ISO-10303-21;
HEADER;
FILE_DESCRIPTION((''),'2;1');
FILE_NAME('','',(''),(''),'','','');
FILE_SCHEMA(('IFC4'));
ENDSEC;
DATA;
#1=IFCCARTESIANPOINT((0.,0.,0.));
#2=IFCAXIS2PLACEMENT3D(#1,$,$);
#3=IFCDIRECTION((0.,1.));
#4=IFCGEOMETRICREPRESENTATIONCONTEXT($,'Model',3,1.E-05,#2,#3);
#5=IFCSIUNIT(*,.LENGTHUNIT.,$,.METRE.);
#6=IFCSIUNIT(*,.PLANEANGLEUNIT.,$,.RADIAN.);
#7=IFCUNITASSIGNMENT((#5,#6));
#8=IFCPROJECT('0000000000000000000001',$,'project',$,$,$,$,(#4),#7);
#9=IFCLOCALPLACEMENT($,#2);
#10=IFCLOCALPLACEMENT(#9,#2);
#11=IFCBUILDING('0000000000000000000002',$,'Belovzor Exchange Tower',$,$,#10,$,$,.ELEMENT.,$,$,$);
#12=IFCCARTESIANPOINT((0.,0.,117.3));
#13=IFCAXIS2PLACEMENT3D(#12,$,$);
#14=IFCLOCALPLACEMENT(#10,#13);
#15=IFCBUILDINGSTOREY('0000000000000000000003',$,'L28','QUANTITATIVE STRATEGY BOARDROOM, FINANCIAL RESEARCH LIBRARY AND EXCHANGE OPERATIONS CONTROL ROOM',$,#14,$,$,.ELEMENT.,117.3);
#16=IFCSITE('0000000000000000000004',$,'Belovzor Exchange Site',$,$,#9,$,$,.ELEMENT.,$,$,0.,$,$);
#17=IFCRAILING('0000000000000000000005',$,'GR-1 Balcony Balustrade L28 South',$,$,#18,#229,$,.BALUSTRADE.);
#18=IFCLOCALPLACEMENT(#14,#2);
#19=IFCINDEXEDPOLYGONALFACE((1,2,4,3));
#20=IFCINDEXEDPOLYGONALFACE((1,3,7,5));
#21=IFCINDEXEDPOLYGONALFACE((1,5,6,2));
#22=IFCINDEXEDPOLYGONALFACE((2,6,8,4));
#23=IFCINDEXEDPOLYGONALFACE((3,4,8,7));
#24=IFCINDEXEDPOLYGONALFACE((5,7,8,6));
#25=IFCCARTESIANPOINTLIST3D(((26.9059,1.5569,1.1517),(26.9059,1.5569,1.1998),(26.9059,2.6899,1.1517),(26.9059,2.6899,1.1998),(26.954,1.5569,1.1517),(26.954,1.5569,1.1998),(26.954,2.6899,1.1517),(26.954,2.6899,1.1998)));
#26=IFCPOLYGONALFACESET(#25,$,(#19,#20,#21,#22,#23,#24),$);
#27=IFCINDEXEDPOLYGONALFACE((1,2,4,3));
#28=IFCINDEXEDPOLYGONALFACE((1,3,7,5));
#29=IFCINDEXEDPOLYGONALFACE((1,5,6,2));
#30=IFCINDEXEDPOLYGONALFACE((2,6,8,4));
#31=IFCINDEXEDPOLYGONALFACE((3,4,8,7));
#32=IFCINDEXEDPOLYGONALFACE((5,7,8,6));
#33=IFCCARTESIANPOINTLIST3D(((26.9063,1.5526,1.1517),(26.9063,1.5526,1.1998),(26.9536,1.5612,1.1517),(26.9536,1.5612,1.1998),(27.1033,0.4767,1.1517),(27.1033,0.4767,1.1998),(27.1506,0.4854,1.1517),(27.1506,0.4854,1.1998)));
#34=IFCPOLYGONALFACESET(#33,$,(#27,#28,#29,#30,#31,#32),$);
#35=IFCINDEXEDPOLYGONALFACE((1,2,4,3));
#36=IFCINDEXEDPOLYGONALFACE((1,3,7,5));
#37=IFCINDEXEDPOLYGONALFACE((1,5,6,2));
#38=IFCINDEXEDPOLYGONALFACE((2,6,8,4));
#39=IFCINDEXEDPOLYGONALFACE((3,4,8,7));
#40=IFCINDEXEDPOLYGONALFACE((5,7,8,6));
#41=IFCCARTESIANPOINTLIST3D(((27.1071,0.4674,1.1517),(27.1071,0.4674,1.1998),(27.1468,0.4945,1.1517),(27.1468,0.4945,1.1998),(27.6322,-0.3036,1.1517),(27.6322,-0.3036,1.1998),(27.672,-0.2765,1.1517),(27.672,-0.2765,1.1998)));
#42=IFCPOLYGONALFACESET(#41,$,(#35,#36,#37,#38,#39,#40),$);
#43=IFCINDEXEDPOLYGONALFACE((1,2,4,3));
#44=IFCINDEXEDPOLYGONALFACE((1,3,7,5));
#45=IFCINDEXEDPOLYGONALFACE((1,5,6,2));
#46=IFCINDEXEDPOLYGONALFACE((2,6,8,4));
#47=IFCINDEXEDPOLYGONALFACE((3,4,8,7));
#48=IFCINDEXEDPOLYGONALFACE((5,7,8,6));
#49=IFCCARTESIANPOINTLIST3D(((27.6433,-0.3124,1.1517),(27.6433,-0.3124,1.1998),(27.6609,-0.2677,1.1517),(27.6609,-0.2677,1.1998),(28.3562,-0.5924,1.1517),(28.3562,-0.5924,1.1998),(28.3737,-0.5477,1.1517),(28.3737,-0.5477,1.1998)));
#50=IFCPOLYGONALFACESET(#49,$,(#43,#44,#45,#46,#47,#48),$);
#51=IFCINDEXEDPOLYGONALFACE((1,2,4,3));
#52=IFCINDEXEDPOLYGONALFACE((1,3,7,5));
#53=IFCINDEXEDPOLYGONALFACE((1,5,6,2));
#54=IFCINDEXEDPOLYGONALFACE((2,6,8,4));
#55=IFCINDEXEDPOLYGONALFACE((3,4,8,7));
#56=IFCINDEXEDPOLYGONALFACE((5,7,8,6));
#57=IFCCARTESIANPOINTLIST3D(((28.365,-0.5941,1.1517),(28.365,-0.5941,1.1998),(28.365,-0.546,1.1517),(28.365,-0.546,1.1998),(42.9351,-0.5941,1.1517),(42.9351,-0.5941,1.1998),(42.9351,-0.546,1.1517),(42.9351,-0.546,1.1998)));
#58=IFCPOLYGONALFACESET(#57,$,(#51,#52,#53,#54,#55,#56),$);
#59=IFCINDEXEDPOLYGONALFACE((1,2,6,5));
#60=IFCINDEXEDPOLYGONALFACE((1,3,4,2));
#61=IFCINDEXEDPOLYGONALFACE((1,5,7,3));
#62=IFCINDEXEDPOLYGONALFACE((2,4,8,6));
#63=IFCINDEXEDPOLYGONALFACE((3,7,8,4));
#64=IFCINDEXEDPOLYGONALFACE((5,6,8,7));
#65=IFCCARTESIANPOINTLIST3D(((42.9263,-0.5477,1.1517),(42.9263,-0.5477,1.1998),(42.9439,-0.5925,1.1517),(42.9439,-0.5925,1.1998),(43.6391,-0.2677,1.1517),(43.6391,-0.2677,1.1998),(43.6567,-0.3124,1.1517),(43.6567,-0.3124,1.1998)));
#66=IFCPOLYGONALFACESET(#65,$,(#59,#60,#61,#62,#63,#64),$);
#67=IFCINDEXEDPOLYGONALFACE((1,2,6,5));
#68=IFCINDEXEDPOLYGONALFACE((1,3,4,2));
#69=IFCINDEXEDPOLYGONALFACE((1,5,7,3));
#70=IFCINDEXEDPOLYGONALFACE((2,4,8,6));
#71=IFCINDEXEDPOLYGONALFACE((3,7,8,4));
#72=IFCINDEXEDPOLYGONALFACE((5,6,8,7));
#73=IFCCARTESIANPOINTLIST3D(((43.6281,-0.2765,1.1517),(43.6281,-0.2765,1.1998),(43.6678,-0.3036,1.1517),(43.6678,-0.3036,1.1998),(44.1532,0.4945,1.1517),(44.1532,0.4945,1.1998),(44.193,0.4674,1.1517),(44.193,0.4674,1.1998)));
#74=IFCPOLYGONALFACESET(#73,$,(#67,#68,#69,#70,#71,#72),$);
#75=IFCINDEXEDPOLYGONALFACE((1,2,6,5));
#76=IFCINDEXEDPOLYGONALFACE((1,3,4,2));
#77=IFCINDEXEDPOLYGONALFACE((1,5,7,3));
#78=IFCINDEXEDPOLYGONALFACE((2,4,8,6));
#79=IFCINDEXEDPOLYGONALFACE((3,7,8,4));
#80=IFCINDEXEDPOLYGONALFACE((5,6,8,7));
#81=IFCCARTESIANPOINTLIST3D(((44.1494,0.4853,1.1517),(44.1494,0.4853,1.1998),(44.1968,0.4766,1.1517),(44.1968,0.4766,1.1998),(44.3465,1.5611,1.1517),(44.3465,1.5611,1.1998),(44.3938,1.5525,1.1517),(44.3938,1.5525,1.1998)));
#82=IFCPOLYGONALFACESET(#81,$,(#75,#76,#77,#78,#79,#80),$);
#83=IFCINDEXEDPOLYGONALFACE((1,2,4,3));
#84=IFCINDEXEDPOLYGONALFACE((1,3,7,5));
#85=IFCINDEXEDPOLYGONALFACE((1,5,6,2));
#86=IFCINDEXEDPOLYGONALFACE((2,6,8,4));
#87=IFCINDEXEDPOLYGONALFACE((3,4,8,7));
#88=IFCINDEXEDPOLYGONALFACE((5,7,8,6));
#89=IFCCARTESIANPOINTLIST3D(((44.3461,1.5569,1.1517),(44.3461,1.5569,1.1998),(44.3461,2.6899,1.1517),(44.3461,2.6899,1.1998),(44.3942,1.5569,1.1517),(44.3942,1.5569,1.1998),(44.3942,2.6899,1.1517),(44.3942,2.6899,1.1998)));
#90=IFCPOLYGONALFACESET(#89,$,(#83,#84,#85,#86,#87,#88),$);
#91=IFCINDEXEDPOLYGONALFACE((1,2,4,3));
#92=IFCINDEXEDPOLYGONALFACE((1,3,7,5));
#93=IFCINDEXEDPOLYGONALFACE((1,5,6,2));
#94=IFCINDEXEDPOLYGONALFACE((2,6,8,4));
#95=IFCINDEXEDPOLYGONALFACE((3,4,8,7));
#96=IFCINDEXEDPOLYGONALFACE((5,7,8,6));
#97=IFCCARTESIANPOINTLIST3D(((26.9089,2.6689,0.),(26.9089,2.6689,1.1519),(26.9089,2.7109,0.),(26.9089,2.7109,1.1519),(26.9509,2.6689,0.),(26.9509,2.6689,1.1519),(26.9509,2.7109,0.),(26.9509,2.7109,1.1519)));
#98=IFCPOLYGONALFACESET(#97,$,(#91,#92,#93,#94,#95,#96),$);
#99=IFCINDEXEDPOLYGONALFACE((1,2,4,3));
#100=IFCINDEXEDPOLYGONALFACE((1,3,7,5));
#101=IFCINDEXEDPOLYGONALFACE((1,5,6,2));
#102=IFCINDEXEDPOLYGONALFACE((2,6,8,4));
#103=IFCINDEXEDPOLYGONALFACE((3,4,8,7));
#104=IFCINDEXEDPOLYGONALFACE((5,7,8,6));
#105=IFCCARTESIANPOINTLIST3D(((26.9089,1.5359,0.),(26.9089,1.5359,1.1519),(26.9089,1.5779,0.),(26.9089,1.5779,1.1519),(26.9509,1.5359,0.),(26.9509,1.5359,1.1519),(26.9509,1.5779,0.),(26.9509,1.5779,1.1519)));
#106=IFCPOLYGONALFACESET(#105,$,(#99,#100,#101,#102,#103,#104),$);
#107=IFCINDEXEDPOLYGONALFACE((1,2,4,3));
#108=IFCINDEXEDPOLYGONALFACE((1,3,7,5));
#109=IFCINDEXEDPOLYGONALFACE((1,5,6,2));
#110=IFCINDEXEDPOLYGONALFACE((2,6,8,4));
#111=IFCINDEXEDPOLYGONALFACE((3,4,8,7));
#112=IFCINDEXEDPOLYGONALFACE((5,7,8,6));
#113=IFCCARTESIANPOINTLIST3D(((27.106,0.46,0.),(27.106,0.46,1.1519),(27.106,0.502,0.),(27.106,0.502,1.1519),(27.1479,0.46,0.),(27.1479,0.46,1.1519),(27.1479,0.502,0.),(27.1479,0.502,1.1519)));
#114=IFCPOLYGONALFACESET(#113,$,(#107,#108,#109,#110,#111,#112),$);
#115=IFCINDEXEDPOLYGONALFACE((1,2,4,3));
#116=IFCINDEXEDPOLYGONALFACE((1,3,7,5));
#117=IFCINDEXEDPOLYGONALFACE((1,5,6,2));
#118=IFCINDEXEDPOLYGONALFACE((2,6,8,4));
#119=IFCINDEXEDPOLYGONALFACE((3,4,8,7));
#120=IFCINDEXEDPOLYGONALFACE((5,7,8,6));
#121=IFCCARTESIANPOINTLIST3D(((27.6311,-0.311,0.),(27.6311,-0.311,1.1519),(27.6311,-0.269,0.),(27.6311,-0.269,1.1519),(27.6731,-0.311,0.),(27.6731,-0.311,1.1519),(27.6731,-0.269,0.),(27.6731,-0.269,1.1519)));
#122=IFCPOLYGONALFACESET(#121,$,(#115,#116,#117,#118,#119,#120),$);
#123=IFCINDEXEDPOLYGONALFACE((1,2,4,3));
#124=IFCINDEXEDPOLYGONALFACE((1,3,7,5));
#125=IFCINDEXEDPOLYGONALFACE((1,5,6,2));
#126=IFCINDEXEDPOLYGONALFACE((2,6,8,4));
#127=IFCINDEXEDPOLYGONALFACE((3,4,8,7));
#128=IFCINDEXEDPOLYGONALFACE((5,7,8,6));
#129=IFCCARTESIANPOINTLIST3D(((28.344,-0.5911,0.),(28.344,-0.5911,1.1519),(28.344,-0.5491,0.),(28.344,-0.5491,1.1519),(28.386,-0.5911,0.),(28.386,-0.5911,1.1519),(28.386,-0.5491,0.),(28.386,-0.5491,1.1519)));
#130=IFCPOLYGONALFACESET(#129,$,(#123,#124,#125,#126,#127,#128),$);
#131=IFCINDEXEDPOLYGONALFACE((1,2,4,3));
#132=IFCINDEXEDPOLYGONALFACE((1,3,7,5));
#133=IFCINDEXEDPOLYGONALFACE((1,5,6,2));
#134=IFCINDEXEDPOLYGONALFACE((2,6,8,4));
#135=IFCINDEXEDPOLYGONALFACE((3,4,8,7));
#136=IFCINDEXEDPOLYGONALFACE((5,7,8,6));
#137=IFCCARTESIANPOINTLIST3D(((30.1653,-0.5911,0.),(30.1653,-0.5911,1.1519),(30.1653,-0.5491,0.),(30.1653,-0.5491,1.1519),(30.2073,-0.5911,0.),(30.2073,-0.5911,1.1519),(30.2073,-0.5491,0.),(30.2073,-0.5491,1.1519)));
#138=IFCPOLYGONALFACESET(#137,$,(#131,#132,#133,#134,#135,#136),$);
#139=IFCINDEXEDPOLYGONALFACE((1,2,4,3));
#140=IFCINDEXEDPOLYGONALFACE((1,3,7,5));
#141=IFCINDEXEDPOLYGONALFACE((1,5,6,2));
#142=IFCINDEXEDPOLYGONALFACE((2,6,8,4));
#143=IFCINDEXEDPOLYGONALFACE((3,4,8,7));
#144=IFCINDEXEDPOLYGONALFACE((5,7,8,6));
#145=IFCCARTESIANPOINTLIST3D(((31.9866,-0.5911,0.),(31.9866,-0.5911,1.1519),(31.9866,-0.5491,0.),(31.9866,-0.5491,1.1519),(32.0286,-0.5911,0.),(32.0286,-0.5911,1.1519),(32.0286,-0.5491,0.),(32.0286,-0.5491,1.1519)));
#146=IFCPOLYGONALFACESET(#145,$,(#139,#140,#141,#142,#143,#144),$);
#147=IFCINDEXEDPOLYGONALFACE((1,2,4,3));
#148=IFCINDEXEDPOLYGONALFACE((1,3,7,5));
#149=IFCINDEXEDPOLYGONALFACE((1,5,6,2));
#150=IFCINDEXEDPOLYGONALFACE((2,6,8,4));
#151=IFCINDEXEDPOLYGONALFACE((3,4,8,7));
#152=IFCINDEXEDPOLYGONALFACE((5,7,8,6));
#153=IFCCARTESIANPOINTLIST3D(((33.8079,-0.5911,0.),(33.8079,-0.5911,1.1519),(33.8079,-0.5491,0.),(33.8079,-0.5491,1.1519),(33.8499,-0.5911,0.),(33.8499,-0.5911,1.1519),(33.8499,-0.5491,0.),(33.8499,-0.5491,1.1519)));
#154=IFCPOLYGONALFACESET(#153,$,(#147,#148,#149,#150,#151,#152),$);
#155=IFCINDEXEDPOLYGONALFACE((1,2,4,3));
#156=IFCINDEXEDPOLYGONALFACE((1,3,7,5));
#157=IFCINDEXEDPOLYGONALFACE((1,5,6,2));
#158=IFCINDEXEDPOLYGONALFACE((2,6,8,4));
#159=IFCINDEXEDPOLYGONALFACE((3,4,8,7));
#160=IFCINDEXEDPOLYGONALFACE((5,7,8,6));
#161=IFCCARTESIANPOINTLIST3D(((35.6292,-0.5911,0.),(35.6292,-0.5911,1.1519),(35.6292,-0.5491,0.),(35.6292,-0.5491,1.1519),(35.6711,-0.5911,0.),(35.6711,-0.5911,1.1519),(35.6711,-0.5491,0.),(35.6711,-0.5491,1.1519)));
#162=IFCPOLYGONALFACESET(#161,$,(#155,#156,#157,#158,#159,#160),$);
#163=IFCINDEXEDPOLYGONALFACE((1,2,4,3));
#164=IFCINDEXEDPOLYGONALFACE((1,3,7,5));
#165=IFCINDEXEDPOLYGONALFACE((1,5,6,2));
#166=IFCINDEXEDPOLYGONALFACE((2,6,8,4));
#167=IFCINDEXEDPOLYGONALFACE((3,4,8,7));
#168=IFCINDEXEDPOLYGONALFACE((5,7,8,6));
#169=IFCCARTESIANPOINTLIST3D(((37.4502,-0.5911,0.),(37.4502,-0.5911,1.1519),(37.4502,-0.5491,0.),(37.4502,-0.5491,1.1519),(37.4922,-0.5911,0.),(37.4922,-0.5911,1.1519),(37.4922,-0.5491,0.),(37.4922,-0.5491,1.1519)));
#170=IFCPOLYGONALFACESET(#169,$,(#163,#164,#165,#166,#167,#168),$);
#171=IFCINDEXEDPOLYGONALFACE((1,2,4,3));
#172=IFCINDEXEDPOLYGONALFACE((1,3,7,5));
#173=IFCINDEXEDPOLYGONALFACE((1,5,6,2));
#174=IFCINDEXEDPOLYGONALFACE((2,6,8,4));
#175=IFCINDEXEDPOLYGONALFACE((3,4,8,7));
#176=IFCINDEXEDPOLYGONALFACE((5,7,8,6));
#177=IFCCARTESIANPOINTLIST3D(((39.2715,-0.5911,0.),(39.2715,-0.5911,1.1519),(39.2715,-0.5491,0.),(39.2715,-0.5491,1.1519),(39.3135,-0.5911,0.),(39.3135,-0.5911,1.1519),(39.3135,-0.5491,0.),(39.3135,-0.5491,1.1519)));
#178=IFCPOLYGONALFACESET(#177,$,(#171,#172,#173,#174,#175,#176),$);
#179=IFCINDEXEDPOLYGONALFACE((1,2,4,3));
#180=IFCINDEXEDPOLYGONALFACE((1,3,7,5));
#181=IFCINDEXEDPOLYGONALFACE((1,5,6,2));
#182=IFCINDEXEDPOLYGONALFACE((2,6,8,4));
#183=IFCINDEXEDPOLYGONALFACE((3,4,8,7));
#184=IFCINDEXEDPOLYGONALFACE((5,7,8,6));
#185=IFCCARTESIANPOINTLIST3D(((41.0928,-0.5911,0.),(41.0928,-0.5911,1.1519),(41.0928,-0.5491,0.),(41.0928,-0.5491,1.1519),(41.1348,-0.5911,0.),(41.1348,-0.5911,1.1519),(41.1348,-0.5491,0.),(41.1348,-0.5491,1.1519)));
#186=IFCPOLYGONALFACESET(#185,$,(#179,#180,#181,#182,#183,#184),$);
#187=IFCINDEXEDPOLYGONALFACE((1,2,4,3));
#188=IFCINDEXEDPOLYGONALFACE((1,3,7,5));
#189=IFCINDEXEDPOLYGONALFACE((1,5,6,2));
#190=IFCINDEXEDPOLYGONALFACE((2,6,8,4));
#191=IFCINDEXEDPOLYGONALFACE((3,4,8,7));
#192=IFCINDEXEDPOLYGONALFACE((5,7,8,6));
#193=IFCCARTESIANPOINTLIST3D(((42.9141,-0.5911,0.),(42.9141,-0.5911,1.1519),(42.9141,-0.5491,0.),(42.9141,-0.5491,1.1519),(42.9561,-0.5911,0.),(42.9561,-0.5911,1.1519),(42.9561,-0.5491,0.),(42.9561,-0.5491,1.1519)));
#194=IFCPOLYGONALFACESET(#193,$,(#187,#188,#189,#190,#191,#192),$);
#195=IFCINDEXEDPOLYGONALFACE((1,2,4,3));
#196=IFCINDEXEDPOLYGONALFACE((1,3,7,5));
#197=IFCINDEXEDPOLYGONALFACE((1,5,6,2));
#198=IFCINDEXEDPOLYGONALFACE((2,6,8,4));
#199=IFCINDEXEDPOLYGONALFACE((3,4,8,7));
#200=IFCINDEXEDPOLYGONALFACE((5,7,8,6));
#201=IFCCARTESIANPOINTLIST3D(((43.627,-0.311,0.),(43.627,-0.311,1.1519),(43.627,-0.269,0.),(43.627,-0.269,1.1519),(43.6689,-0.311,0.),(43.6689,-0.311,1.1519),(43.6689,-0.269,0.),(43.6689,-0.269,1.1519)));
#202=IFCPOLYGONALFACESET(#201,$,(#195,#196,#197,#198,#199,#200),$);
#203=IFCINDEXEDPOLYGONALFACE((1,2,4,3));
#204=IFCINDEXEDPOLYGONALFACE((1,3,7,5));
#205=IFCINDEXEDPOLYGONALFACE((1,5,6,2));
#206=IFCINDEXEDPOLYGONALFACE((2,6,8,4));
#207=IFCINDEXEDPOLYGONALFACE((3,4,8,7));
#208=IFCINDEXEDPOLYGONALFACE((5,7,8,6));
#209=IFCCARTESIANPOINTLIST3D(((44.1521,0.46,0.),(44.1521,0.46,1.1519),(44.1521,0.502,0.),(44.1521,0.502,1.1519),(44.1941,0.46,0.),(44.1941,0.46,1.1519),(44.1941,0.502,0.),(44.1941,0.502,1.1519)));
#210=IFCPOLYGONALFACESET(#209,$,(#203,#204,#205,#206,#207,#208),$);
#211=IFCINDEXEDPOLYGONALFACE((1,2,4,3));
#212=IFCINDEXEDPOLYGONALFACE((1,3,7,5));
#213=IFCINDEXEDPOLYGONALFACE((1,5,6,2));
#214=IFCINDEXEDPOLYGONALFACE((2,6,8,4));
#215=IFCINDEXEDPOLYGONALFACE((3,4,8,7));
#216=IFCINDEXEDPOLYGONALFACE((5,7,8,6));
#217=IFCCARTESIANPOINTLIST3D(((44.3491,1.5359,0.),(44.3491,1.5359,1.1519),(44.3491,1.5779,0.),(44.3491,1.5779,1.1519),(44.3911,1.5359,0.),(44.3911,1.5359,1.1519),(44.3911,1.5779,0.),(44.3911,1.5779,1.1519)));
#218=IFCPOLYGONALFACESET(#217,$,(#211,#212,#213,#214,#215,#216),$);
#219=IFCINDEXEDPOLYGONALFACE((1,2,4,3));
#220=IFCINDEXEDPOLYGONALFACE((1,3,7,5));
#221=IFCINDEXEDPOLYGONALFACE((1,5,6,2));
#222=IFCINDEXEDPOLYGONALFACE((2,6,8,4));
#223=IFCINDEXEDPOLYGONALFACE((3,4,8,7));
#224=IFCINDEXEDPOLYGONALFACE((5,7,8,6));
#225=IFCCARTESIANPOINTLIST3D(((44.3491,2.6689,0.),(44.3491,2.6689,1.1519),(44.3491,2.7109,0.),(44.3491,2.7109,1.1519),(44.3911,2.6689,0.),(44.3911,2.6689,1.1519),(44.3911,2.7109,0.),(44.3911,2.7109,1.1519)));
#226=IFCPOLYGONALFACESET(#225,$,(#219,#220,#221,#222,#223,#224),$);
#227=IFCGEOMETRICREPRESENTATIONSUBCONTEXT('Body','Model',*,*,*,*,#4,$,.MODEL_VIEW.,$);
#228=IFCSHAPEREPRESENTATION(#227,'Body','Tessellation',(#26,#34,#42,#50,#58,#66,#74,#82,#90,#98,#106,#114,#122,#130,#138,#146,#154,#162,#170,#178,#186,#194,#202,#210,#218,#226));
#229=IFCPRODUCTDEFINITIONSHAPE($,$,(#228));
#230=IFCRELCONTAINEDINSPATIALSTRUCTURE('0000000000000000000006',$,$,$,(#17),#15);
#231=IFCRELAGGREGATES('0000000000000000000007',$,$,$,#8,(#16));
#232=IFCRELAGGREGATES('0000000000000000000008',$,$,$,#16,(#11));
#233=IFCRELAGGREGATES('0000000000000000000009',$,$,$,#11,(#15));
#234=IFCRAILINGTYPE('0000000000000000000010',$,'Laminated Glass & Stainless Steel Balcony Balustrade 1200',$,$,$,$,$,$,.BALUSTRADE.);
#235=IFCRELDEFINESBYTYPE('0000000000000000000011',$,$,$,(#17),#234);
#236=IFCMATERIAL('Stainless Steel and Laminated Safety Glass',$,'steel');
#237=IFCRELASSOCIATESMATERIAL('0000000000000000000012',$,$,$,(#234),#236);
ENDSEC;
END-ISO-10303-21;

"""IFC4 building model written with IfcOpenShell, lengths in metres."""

from ifc_helpers import new_model, si_unit, direction, frame, origin, origin_2d, place, context, subcontext, project, spatial, rectangle, extrude, material, type_object, element, save


model = new_model("IFC4")

# Units and contexts
model_context = context("Model", 3, precision=1e-05, world=origin(), true_north=direction((0.0, 1.0)))
body_context = subcontext(model_context, "Body", "Model", "MODEL_VIEW")
ifc_project = project(units=[si_unit("LENGTHUNIT", "METRE"), si_unit("PLANEANGLEUNIT", "RADIAN")], contexts=[model_context])

# Site, building, storey
site_placement = place(None, origin())
site = spatial("IfcSite", under=ifc_project, at=site_placement, Name="Belovzor Exchange Site", CompositionType="ELEMENT", RefElevation=0.0)
building_placement = place(site_placement, origin())
building = spatial("IfcBuilding", under=site, at=building_placement, Name="Belovzor Exchange Tower", CompositionType="ELEMENT")
storey_placement = place(building_placement, frame((0.0, 0.0, 117.3)))
storey = spatial("IfcBuildingStorey", under=building, at=storey_placement, Name="L28", Description="QUANTITATIVE STRATEGY BOARDROOM, FINANCIAL RESEARCH LIBRARY AND EXCHANGE OPERATIONS CONTROL ROOM", CompositionType="ELEMENT", Elevation=117.3)

# Railing
ifc_material_1 = material(Name="Stainless Steel and Laminated Safety Glass", Category="steel")
railing_type = type_object("IfcRailingType", Name="Laminated Glass & Stainless Steel Balcony Balustrade 1200", PredefinedType="BALUSTRADE", material=ifc_material_1)
railing_placement = place(storey_placement, frame((26.9299, 2.6899, 0.0)))
element("IfcRailing", 1, at=railing_placement, inside=storey, type_object=railing_type, Name="GR-1 Balcony Balustrade L28 South", PredefinedType="BALUSTRADE", context=body_context, shape_type="SweptSolid", body=[
    extrude(rectangle(XDim=0.0481, YDim=0.0481, at=origin_2d()), frame((0.0, 0.0, 1.1758), z_axis=(0.0, -1.0, 0.0), x_axis=(1.0, 0.0, 0.0)), (0.0, 0.0, 1.0), 1.1331),
    extrude(rectangle(XDim=0.0481, YDim=0.0481, at=origin_2d()), frame((0.0, -1.1331, 1.1758), z_axis=(0.180123, -0.983644, 0.0), x_axis=(0.983644, 0.180123, 0.0)), (0.0, 0.0, 1.0), 1.0938),
    extrude(rectangle(XDim=0.0481, YDim=0.0481, at=origin_2d()), frame((0.197, -2.209, 1.1758), z_axis=(0.562947, -0.826493, 0.0), x_axis=(0.826493, 0.562947, 0.0)), (0.0, 0.0, 1.0), 0.9329),
    extrude(rectangle(XDim=0.0481, YDim=0.0481, at=origin_2d()), frame((0.7222, -2.98, 1.1758), z_axis=(0.930767, -0.365613, 0.0), x_axis=(0.365613, 0.930767, 0.0)), (0.0, 0.0, 1.0), 0.7659),
    extrude(rectangle(XDim=0.0481, YDim=0.0481, at=origin_2d()), frame((1.4351, -3.26, 1.1758), z_axis=(1.0, 0.0, 0.0), x_axis=(0.0, 1.0, 0.0)), (0.0, 0.0, 1.0), 14.5701),
    extrude(rectangle(XDim=0.0481, YDim=0.0481, at=origin_2d()), frame((16.0051, -3.26, 1.1758), z_axis=(0.930767, 0.365613, 0.0), x_axis=(-0.365613, 0.930767, 0.0)), (0.0, 0.0, 1.0), 0.7659),
    extrude(rectangle(XDim=0.0481, YDim=0.0481, at=origin_2d()), frame((16.718, -2.98, 1.1758), z_axis=(0.562947, 0.826493, 0.0), x_axis=(-0.826493, 0.562947, 0.0)), (0.0, 0.0, 1.0), 0.9329),
    extrude(rectangle(XDim=0.0481, YDim=0.0481, at=origin_2d()), frame((17.2432, -2.209, 1.1758), z_axis=(0.180123, 0.983644, 0.0), x_axis=(-0.983644, 0.180123, 0.0)), (0.0, 0.0, 1.0), 1.0938),
    extrude(rectangle(XDim=0.0481, YDim=0.0481, at=origin_2d()), frame((17.4402, -1.1331, 1.1758), z_axis=(0.0, 1.0, 0.0), x_axis=(-1.0, 0.0, 0.0)), (0.0, 0.0, 1.0), 1.1331),
    extrude(rectangle(XDim=0.042, YDim=0.042, at=origin_2d()), origin(), (0.0, 0.0, 1.0), 1.1519),
    extrude(rectangle(XDim=0.042, YDim=0.042, at=origin_2d()), frame((0.0, -1.1331, 0.0)), (0.0, 0.0, 1.0), 1.1519),
    extrude(rectangle(XDim=0.042, YDim=0.042, at=origin_2d()), frame((0.197, -2.209, 0.0)), (0.0, 0.0, 1.0), 1.1519),
    extrude(rectangle(XDim=0.042, YDim=0.042, at=origin_2d()), frame((0.7222, -2.98, 0.0)), (0.0, 0.0, 1.0), 1.1519),
    extrude(rectangle(XDim=0.042, YDim=0.042, at=origin_2d()), frame((1.4351, -3.26, 0.0)), (0.0, 0.0, 1.0), 1.1519),
    extrude(rectangle(XDim=0.042, YDim=0.042, at=origin_2d()), frame((3.2563, -3.26, 0.0)), (0.0, 0.0, 1.0), 1.1519),
    extrude(rectangle(XDim=0.042, YDim=0.042, at=origin_2d()), frame((5.0776, -3.26, 0.0)), (0.0, 0.0, 1.0), 1.1519),
    extrude(rectangle(XDim=0.042, YDim=0.042, at=origin_2d()), frame((6.8989, -3.26, 0.0)), (0.0, 0.0, 1.0), 1.1519),
    extrude(rectangle(XDim=0.042, YDim=0.042, at=origin_2d()), frame((8.7202, -3.26, 0.0)), (0.0, 0.0, 1.0), 1.1519),
    extrude(rectangle(XDim=0.042, YDim=0.042, at=origin_2d()), frame((10.5413, -3.26, 0.0)), (0.0, 0.0, 1.0), 1.1519),
    extrude(rectangle(XDim=0.042, YDim=0.042, at=origin_2d()), frame((12.3625, -3.26, 0.0)), (0.0, 0.0, 1.0), 1.1519),
    extrude(rectangle(XDim=0.042, YDim=0.042, at=origin_2d()), frame((14.1838, -3.26, 0.0)), (0.0, 0.0, 1.0), 1.1519),
    extrude(rectangle(XDim=0.042, YDim=0.042, at=origin_2d()), frame((16.0051, -3.26, 0.0)), (0.0, 0.0, 1.0), 1.1519),
    extrude(rectangle(XDim=0.042, YDim=0.042, at=origin_2d()), frame((16.718, -2.98, 0.0)), (0.0, 0.0, 1.0), 1.1519),
    extrude(rectangle(XDim=0.042, YDim=0.042, at=origin_2d()), frame((17.2432, -2.209, 0.0)), (0.0, 0.0, 1.0), 1.1519),
    extrude(rectangle(XDim=0.042, YDim=0.042, at=origin_2d()), frame((17.4402, -1.1331, 0.0)), (0.0, 0.0, 1.0), 1.1519),
    extrude(rectangle(XDim=0.042, YDim=0.042, at=origin_2d()), frame((17.4402, 0.0, 0.0)), (0.0, 0.0, 1.0), 1.1519),
])

save(model, "model.ifc")
